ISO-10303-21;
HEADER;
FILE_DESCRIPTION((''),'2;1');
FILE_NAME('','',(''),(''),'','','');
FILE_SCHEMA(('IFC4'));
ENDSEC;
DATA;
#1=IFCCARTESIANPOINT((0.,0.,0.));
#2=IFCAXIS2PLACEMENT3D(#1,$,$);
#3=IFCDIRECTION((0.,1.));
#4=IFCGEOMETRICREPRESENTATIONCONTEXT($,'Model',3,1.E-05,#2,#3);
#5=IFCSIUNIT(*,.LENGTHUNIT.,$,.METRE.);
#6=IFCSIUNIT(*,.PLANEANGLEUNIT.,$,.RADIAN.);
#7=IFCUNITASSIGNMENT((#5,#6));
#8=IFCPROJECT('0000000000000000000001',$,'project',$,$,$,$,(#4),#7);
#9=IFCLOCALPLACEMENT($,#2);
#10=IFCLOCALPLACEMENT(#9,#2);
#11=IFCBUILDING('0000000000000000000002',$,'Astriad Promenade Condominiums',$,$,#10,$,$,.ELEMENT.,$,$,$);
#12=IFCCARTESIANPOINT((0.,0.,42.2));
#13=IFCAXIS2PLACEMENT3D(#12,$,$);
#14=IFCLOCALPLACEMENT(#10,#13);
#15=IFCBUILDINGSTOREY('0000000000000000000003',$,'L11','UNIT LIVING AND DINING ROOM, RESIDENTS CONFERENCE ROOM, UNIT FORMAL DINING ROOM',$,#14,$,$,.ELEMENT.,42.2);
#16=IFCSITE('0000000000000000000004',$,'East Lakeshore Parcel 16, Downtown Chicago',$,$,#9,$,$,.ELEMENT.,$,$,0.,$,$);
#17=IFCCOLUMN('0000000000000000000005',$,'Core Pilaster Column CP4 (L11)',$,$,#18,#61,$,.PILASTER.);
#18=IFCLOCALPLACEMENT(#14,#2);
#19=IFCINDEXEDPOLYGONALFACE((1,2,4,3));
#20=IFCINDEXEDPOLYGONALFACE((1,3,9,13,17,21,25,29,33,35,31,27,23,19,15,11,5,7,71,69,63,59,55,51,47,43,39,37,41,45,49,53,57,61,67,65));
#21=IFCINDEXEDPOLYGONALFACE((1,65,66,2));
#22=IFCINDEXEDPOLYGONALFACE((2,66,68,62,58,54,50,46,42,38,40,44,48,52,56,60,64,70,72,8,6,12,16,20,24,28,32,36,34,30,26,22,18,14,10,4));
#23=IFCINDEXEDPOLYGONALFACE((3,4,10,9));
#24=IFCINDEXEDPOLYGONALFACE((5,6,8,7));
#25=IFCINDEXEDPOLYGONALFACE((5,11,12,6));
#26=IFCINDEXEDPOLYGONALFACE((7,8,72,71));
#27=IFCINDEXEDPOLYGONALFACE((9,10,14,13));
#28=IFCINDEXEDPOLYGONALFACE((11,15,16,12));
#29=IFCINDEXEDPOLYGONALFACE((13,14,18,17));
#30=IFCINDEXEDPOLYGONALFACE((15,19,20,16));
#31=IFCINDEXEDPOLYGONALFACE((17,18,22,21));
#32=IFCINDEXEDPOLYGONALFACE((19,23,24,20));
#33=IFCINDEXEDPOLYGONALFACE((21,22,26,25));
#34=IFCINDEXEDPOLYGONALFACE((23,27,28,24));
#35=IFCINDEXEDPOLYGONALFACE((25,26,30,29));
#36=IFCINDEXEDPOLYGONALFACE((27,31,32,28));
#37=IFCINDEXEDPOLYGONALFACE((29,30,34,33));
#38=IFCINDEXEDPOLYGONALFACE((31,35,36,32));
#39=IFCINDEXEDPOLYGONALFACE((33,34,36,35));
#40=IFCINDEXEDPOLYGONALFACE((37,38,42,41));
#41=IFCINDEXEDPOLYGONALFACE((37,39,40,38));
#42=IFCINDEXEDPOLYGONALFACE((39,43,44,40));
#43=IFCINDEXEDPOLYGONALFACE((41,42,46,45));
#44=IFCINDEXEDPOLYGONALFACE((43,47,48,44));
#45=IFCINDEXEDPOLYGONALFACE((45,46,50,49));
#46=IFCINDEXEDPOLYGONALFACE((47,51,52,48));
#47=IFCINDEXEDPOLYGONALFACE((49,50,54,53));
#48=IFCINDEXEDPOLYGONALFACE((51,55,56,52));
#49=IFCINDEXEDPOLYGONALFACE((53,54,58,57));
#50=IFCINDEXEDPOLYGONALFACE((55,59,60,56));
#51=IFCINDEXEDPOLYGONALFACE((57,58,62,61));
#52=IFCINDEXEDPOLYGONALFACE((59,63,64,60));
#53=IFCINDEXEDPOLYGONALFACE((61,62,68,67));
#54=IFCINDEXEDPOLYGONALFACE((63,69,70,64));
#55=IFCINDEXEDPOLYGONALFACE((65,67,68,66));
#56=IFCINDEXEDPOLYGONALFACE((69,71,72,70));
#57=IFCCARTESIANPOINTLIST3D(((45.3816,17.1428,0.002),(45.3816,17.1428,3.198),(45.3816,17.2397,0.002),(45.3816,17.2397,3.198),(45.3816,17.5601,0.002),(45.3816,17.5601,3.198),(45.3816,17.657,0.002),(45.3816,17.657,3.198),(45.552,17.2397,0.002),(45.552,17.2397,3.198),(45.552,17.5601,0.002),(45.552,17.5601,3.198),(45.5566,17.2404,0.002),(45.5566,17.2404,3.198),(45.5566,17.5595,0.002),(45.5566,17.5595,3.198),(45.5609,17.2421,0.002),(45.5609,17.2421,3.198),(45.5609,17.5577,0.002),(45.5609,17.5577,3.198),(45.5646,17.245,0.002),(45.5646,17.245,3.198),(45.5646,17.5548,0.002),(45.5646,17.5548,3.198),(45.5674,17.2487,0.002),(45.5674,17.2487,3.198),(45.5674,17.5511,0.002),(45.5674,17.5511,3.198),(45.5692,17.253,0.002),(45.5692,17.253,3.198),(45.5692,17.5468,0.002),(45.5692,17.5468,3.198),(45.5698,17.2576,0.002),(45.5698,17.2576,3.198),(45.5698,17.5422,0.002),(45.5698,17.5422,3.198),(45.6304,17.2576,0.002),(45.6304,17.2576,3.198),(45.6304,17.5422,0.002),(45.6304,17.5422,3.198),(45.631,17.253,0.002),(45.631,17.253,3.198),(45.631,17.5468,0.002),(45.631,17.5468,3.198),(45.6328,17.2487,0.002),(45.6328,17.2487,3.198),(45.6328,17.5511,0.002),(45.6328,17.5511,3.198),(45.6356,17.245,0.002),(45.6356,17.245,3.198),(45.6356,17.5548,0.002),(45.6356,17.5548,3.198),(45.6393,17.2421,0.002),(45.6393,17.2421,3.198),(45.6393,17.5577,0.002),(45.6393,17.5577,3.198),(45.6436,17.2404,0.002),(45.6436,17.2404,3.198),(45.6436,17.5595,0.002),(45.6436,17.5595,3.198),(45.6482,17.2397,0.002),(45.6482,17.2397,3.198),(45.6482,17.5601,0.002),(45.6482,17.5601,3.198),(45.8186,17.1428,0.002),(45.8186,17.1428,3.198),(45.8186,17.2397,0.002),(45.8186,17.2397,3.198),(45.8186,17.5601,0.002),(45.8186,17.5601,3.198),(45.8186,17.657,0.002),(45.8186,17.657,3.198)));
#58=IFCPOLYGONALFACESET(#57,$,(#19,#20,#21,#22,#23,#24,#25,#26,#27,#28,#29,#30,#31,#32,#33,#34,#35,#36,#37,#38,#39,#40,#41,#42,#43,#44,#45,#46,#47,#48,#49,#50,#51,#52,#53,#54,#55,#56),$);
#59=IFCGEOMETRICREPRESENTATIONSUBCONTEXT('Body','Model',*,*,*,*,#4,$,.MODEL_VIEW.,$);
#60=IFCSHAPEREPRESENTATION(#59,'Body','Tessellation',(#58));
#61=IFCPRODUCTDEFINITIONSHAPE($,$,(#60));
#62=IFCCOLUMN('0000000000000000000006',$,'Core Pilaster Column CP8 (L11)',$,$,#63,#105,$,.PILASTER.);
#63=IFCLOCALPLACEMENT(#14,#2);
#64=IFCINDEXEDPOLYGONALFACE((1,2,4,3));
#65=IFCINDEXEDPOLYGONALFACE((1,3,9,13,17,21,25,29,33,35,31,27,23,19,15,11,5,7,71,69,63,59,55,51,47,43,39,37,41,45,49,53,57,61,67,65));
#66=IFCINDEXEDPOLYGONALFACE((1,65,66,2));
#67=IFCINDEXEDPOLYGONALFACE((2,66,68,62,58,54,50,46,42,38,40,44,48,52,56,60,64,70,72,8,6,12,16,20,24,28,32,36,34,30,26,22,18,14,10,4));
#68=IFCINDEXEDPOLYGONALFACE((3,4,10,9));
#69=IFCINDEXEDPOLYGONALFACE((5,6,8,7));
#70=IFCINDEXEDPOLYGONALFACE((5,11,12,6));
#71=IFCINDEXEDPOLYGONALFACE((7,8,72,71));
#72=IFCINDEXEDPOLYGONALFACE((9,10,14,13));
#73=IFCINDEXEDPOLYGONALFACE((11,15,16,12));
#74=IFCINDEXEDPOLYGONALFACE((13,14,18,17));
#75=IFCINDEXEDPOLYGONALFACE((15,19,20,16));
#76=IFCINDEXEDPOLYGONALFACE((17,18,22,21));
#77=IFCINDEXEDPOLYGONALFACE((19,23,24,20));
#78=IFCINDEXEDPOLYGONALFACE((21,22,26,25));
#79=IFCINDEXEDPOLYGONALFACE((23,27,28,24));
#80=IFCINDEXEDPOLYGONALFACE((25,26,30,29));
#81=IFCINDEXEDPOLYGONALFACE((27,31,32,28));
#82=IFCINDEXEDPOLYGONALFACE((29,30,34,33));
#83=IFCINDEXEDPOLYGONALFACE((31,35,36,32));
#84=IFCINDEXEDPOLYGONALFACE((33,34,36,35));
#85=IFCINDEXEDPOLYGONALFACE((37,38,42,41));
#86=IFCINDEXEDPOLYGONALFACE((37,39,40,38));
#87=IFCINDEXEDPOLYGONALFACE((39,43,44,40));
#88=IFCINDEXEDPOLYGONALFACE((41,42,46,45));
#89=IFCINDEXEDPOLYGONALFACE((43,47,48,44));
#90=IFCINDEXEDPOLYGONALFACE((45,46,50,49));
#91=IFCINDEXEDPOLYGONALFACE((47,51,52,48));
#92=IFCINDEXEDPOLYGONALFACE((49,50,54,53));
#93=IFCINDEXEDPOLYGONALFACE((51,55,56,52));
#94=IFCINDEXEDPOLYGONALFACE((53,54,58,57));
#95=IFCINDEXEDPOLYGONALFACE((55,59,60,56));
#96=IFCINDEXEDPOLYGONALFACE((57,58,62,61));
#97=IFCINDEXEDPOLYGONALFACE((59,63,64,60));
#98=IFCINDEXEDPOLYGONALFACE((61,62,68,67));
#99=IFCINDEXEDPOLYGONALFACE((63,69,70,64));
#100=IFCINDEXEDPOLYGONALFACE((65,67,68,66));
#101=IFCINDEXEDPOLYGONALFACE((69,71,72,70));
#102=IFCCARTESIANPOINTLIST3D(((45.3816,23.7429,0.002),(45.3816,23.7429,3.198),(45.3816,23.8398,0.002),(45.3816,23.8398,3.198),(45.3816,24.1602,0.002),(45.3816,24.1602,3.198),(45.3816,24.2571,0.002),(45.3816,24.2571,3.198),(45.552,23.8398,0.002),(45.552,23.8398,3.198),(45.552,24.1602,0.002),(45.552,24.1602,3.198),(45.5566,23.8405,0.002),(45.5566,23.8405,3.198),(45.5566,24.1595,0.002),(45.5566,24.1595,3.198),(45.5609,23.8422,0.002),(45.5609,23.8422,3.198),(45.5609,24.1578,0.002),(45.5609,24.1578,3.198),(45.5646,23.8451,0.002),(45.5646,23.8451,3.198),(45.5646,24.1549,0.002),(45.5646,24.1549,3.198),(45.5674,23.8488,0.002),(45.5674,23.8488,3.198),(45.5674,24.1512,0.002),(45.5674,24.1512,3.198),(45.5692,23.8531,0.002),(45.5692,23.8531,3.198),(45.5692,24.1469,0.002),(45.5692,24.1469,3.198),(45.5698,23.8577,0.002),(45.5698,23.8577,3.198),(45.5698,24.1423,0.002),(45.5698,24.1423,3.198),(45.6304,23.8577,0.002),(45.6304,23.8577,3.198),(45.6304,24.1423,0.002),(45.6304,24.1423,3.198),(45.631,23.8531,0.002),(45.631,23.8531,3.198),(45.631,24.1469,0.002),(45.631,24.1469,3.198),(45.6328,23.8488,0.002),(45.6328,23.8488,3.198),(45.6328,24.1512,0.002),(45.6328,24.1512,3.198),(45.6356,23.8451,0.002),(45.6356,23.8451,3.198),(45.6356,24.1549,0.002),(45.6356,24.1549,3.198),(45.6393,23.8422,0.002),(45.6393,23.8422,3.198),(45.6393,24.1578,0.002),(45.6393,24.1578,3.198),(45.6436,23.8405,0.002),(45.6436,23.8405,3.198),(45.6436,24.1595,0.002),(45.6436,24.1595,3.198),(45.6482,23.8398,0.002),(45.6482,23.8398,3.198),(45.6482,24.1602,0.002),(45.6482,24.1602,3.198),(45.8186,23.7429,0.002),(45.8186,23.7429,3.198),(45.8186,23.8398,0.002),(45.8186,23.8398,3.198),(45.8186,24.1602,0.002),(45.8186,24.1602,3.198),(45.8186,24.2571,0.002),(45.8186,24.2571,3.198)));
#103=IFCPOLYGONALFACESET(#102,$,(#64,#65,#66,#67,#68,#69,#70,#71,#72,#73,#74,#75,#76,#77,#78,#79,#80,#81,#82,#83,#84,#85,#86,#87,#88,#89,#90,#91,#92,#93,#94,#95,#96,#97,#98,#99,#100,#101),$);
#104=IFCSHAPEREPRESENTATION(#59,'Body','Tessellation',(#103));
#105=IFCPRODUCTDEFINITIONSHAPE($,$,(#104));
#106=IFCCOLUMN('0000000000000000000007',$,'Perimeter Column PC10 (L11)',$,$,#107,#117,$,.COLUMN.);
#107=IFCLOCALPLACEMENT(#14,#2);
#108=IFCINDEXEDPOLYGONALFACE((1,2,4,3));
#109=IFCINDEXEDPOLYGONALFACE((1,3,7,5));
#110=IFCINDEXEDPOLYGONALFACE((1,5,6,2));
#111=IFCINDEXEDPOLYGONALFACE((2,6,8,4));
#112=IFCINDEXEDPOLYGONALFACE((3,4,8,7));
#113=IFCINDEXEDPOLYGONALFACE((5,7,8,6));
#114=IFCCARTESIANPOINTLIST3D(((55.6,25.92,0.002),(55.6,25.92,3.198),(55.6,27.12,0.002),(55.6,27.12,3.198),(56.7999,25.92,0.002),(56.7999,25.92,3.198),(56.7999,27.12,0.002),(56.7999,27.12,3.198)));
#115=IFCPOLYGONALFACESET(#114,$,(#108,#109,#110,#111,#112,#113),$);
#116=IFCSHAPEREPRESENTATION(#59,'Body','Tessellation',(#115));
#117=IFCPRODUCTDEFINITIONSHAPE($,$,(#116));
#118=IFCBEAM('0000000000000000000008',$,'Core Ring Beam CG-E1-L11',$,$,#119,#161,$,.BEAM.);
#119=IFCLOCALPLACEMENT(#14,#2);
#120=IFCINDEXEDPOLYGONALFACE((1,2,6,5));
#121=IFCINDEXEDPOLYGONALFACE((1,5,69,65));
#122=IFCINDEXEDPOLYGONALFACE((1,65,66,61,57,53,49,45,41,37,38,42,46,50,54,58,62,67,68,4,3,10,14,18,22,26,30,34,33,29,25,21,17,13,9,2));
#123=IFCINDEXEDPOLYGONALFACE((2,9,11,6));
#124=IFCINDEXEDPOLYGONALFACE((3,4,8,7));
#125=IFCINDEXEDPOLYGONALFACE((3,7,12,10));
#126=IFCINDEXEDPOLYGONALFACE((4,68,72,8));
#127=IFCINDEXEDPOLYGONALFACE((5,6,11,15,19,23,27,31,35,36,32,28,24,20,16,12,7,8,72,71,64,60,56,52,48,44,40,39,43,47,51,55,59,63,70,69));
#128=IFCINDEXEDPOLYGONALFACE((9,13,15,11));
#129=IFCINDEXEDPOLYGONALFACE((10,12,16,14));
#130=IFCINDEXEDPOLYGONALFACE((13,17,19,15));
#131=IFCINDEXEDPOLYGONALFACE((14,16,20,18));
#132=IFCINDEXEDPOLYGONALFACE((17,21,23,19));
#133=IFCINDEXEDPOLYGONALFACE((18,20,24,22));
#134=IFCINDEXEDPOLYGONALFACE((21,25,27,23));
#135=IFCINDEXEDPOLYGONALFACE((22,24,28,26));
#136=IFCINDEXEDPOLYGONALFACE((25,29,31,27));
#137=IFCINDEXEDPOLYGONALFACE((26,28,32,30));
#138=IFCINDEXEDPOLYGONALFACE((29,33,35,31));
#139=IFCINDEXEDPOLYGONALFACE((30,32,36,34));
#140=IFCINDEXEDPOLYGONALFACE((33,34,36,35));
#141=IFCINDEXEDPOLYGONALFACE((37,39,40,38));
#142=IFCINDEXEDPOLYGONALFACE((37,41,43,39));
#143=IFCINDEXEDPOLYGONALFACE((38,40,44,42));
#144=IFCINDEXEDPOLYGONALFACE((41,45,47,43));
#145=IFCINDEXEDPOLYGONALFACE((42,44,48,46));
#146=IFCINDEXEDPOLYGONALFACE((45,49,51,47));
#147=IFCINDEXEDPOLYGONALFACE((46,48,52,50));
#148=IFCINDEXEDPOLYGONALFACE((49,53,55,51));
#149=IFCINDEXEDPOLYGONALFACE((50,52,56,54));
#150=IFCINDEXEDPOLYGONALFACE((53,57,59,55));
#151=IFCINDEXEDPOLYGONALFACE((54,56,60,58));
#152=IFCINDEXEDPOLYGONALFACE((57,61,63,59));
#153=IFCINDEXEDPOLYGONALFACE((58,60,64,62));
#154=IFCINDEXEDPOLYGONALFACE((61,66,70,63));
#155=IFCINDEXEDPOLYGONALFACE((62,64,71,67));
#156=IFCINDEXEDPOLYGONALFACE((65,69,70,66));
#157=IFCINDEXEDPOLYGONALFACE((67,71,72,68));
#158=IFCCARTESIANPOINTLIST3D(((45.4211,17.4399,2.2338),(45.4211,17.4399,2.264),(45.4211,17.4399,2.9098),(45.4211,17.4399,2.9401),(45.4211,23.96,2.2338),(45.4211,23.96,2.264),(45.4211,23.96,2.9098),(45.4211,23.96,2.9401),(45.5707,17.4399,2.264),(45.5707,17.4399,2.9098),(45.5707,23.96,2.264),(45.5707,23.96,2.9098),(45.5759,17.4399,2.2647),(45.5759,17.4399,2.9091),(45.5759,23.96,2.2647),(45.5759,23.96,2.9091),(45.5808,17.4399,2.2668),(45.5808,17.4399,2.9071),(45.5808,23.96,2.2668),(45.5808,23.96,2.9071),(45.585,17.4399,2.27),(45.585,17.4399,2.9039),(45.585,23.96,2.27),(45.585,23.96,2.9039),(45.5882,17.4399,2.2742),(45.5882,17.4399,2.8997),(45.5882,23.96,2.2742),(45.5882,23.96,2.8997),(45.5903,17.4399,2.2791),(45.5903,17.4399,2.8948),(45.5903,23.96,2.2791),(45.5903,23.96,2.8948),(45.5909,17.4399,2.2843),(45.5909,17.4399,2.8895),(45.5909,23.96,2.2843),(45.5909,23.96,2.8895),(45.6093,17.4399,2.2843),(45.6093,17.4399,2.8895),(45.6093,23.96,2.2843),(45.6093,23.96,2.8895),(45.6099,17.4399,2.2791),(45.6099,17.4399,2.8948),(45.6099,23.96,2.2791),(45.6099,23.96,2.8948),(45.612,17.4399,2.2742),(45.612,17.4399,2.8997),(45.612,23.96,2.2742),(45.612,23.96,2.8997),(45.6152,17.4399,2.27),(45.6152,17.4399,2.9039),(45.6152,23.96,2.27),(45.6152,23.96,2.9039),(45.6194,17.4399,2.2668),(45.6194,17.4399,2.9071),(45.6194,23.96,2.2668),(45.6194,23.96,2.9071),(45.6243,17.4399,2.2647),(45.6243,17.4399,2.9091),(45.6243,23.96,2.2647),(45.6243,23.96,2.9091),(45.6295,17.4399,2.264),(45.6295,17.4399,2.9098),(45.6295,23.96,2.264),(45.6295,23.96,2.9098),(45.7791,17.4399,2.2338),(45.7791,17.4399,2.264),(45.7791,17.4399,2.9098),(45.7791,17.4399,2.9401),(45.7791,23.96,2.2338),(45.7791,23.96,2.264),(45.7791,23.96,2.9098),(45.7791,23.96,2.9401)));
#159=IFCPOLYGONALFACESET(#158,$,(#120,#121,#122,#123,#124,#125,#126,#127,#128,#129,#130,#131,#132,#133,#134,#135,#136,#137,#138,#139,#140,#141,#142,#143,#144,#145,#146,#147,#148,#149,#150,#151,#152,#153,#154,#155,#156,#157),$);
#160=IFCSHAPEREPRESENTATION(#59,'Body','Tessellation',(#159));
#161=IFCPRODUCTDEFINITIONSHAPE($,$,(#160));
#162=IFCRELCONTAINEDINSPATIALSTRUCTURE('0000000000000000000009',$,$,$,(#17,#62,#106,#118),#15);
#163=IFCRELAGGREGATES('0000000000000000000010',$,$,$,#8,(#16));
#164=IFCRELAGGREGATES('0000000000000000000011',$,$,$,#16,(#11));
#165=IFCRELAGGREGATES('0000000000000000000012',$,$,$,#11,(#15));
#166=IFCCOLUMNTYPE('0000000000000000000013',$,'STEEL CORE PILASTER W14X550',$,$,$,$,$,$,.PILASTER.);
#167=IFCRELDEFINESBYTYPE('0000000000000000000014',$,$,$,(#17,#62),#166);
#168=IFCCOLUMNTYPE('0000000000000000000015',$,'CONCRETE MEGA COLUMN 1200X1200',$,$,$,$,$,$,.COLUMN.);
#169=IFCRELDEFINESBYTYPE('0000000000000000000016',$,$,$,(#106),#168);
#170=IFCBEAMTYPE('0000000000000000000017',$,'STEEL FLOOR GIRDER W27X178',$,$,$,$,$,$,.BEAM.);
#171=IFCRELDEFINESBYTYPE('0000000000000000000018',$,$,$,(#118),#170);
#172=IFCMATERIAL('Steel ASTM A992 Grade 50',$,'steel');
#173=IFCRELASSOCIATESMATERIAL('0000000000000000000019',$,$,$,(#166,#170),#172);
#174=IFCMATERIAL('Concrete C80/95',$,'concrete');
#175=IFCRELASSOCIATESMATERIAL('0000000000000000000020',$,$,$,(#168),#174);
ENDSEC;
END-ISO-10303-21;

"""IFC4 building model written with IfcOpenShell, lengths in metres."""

from ifc_helpers import new_model, si_unit, direction, frame, origin, origin_2d, place, context, subcontext, project, spatial, rectangle, i_section, extrude, source, transform, mapped, material, material_profile, profile_set, type_object, type_shapes, element, save


model = new_model("IFC4")

# Units and contexts
model_context = context("Model", 3, precision=1e-05, world=origin(), true_north=direction((0.0, 1.0)))
body_context = subcontext(model_context, "Body", "Model", "MODEL_VIEW")
ifc_project = project(units=[si_unit("LENGTHUNIT", "METRE"), si_unit("PLANEANGLEUNIT", "RADIAN")], contexts=[model_context])

# Site, building, storey
site_placement = place(None, origin())
site = spatial("IfcSite", under=ifc_project, at=site_placement, Name="East Lakeshore Parcel 16, Downtown Chicago", CompositionType="ELEMENT", RefElevation=0.0)
building_placement = place(site_placement, origin())
building = spatial("IfcBuilding", under=site, at=building_placement, Name="Astriad Promenade Condominiums", CompositionType="ELEMENT")
storey_placement = place(building_placement, frame((0.0, 0.0, 42.2)))
storey = spatial("IfcBuildingStorey", under=building, at=storey_placement, Name="L11", Description="UNIT LIVING AND DINING ROOM, RESIDENTS CONFERENCE ROOM, UNIT FORMAL DINING ROOM", CompositionType="ELEMENT", Elevation=42.2)

# Columns
ifc_material_1 = material(Name="Steel ASTM A992 Grade 50", Category="steel")
ifc_material_profile_1 = material_profile(ifc_material_1, i_section(OverallWidth=0.437, OverallDepth=0.5142, WebThickness=0.0605, FlangeThickness=0.0969, FilletRadius=0.0178, at=origin_2d()), Name="W14X550")
ifc_profile_set_1 = profile_set([ifc_material_profile_1], Name="Steel ASTM A992 Grade 50")
column_type_1 = type_object("IfcColumnType", Name="STEEL CORE PILASTER W14X550", PredefinedType="PILASTER", material=ifc_profile_set_1)
shared_shape_1 = source(origin(), body_context, "Body", "SweptSolid", [
    extrude(i_section(OverallWidth=0.437, OverallDepth=0.5142, WebThickness=0.0605, FlangeThickness=0.0969, FilletRadius=0.0178, at=origin_2d()), origin(), (0.0, 0.0, 1.0), 3.196),
])
type_shapes(column_type_1, [shared_shape_1])
for number, where, z_axis, x_axis, name in (
    (1, (45.6001, 17.3999, 0.002), (0.0, 0.0, 1.0), (1.0, 0.0, 0.0), "Core Pilaster Column CP4 (L11)"),
    (2, (45.6001, 24.0, 0.002), (0.0, 0.0, 1.0), (1.0, 0.0, 0.0), "Core Pilaster Column CP8 (L11)"),
):
    element("IfcColumn", number, at=place(storey_placement, frame(where, z_axis=z_axis, x_axis=x_axis)), inside=storey, type_object=column_type_1, Name=name, PredefinedType="PILASTER", context=body_context, shape_type="MappedRepresentation", body=[
        mapped(shared_shape_1, transform((0.0, 0.0, 0.0), scale=1.0)),
    ])
ifc_material_2 = material(Name="Concrete C80/95", Category="concrete")
ifc_material_profile_2 = material_profile(ifc_material_2, rectangle(XDim=1.2, YDim=1.2, at=origin_2d()), Name="RC-COL-1200X1200")
ifc_profile_set_2 = profile_set([ifc_material_profile_2], Name="Concrete C80/95")
column_type_2 = type_object("IfcColumnType", Name="CONCRETE MEGA COLUMN 1200X1200", PredefinedType="COLUMN", material=ifc_profile_set_2)
shared_shape_2 = source(origin(), body_context, "Body", "SweptSolid", [
    extrude(rectangle(XDim=1.2, YDim=1.2, at=origin_2d()), origin(), (0.0, 0.0, 1.0), 3.196),
])
type_shapes(column_type_2, [shared_shape_2])
column_placement = place(storey_placement, frame((56.2, 26.52, 0.002), z_axis=(0.0, 0.0, 1.0), x_axis=(1.0, 0.0, 0.0)))
element("IfcColumn", 3, at=column_placement, inside=storey, type_object=column_type_2, Name="Perimeter Column PC10 (L11)", PredefinedType="COLUMN", context=body_context, shape_type="MappedRepresentation", body=[
    mapped(shared_shape_2, transform((0.0, 0.0, 0.0), scale=1.0)),
])

# Beam
ifc_material_profile_3 = material_profile(ifc_material_1, i_section(OverallWidth=0.3579, OverallDepth=0.7063, WebThickness=0.0183, FlangeThickness=0.0303, FilletRadius=0.0203, at=origin_2d()), Name="W27X178")
ifc_profile_set_3 = profile_set([ifc_material_profile_3], Name="Steel ASTM A992 Grade 50")
beam_type_1 = type_object("IfcBeamType", Name="STEEL FLOOR GIRDER W27X178", PredefinedType="BEAM", material=ifc_profile_set_3)
shared_shape_3 = source(origin(), body_context, "Body", "SweptSolid", [
    extrude(i_section(OverallWidth=0.3579, OverallDepth=0.7063, WebThickness=0.0183, FlangeThickness=0.0303, FilletRadius=0.0203, at=origin_2d()), origin(), (0.0, 0.0, 1.0), 6.52),
])
type_shapes(beam_type_1, [shared_shape_3])
beam_1_placement = place(storey_placement, frame((45.6001, 17.4399, 2.5869), z_axis=(0.0, 1.0, 0.0), x_axis=(-1.0, 0.0, 0.0)))
element("IfcBeam", 4, at=beam_1_placement, inside=storey, type_object=beam_type_1, Name="Core Ring Beam CG-E1-L11", PredefinedType="BEAM", context=body_context, shape_type="MappedRepresentation", body=[
    mapped(shared_shape_3, transform((0.0, 0.0, 0.0), scale=1.0)),
])

save(model, "model.ifc")
